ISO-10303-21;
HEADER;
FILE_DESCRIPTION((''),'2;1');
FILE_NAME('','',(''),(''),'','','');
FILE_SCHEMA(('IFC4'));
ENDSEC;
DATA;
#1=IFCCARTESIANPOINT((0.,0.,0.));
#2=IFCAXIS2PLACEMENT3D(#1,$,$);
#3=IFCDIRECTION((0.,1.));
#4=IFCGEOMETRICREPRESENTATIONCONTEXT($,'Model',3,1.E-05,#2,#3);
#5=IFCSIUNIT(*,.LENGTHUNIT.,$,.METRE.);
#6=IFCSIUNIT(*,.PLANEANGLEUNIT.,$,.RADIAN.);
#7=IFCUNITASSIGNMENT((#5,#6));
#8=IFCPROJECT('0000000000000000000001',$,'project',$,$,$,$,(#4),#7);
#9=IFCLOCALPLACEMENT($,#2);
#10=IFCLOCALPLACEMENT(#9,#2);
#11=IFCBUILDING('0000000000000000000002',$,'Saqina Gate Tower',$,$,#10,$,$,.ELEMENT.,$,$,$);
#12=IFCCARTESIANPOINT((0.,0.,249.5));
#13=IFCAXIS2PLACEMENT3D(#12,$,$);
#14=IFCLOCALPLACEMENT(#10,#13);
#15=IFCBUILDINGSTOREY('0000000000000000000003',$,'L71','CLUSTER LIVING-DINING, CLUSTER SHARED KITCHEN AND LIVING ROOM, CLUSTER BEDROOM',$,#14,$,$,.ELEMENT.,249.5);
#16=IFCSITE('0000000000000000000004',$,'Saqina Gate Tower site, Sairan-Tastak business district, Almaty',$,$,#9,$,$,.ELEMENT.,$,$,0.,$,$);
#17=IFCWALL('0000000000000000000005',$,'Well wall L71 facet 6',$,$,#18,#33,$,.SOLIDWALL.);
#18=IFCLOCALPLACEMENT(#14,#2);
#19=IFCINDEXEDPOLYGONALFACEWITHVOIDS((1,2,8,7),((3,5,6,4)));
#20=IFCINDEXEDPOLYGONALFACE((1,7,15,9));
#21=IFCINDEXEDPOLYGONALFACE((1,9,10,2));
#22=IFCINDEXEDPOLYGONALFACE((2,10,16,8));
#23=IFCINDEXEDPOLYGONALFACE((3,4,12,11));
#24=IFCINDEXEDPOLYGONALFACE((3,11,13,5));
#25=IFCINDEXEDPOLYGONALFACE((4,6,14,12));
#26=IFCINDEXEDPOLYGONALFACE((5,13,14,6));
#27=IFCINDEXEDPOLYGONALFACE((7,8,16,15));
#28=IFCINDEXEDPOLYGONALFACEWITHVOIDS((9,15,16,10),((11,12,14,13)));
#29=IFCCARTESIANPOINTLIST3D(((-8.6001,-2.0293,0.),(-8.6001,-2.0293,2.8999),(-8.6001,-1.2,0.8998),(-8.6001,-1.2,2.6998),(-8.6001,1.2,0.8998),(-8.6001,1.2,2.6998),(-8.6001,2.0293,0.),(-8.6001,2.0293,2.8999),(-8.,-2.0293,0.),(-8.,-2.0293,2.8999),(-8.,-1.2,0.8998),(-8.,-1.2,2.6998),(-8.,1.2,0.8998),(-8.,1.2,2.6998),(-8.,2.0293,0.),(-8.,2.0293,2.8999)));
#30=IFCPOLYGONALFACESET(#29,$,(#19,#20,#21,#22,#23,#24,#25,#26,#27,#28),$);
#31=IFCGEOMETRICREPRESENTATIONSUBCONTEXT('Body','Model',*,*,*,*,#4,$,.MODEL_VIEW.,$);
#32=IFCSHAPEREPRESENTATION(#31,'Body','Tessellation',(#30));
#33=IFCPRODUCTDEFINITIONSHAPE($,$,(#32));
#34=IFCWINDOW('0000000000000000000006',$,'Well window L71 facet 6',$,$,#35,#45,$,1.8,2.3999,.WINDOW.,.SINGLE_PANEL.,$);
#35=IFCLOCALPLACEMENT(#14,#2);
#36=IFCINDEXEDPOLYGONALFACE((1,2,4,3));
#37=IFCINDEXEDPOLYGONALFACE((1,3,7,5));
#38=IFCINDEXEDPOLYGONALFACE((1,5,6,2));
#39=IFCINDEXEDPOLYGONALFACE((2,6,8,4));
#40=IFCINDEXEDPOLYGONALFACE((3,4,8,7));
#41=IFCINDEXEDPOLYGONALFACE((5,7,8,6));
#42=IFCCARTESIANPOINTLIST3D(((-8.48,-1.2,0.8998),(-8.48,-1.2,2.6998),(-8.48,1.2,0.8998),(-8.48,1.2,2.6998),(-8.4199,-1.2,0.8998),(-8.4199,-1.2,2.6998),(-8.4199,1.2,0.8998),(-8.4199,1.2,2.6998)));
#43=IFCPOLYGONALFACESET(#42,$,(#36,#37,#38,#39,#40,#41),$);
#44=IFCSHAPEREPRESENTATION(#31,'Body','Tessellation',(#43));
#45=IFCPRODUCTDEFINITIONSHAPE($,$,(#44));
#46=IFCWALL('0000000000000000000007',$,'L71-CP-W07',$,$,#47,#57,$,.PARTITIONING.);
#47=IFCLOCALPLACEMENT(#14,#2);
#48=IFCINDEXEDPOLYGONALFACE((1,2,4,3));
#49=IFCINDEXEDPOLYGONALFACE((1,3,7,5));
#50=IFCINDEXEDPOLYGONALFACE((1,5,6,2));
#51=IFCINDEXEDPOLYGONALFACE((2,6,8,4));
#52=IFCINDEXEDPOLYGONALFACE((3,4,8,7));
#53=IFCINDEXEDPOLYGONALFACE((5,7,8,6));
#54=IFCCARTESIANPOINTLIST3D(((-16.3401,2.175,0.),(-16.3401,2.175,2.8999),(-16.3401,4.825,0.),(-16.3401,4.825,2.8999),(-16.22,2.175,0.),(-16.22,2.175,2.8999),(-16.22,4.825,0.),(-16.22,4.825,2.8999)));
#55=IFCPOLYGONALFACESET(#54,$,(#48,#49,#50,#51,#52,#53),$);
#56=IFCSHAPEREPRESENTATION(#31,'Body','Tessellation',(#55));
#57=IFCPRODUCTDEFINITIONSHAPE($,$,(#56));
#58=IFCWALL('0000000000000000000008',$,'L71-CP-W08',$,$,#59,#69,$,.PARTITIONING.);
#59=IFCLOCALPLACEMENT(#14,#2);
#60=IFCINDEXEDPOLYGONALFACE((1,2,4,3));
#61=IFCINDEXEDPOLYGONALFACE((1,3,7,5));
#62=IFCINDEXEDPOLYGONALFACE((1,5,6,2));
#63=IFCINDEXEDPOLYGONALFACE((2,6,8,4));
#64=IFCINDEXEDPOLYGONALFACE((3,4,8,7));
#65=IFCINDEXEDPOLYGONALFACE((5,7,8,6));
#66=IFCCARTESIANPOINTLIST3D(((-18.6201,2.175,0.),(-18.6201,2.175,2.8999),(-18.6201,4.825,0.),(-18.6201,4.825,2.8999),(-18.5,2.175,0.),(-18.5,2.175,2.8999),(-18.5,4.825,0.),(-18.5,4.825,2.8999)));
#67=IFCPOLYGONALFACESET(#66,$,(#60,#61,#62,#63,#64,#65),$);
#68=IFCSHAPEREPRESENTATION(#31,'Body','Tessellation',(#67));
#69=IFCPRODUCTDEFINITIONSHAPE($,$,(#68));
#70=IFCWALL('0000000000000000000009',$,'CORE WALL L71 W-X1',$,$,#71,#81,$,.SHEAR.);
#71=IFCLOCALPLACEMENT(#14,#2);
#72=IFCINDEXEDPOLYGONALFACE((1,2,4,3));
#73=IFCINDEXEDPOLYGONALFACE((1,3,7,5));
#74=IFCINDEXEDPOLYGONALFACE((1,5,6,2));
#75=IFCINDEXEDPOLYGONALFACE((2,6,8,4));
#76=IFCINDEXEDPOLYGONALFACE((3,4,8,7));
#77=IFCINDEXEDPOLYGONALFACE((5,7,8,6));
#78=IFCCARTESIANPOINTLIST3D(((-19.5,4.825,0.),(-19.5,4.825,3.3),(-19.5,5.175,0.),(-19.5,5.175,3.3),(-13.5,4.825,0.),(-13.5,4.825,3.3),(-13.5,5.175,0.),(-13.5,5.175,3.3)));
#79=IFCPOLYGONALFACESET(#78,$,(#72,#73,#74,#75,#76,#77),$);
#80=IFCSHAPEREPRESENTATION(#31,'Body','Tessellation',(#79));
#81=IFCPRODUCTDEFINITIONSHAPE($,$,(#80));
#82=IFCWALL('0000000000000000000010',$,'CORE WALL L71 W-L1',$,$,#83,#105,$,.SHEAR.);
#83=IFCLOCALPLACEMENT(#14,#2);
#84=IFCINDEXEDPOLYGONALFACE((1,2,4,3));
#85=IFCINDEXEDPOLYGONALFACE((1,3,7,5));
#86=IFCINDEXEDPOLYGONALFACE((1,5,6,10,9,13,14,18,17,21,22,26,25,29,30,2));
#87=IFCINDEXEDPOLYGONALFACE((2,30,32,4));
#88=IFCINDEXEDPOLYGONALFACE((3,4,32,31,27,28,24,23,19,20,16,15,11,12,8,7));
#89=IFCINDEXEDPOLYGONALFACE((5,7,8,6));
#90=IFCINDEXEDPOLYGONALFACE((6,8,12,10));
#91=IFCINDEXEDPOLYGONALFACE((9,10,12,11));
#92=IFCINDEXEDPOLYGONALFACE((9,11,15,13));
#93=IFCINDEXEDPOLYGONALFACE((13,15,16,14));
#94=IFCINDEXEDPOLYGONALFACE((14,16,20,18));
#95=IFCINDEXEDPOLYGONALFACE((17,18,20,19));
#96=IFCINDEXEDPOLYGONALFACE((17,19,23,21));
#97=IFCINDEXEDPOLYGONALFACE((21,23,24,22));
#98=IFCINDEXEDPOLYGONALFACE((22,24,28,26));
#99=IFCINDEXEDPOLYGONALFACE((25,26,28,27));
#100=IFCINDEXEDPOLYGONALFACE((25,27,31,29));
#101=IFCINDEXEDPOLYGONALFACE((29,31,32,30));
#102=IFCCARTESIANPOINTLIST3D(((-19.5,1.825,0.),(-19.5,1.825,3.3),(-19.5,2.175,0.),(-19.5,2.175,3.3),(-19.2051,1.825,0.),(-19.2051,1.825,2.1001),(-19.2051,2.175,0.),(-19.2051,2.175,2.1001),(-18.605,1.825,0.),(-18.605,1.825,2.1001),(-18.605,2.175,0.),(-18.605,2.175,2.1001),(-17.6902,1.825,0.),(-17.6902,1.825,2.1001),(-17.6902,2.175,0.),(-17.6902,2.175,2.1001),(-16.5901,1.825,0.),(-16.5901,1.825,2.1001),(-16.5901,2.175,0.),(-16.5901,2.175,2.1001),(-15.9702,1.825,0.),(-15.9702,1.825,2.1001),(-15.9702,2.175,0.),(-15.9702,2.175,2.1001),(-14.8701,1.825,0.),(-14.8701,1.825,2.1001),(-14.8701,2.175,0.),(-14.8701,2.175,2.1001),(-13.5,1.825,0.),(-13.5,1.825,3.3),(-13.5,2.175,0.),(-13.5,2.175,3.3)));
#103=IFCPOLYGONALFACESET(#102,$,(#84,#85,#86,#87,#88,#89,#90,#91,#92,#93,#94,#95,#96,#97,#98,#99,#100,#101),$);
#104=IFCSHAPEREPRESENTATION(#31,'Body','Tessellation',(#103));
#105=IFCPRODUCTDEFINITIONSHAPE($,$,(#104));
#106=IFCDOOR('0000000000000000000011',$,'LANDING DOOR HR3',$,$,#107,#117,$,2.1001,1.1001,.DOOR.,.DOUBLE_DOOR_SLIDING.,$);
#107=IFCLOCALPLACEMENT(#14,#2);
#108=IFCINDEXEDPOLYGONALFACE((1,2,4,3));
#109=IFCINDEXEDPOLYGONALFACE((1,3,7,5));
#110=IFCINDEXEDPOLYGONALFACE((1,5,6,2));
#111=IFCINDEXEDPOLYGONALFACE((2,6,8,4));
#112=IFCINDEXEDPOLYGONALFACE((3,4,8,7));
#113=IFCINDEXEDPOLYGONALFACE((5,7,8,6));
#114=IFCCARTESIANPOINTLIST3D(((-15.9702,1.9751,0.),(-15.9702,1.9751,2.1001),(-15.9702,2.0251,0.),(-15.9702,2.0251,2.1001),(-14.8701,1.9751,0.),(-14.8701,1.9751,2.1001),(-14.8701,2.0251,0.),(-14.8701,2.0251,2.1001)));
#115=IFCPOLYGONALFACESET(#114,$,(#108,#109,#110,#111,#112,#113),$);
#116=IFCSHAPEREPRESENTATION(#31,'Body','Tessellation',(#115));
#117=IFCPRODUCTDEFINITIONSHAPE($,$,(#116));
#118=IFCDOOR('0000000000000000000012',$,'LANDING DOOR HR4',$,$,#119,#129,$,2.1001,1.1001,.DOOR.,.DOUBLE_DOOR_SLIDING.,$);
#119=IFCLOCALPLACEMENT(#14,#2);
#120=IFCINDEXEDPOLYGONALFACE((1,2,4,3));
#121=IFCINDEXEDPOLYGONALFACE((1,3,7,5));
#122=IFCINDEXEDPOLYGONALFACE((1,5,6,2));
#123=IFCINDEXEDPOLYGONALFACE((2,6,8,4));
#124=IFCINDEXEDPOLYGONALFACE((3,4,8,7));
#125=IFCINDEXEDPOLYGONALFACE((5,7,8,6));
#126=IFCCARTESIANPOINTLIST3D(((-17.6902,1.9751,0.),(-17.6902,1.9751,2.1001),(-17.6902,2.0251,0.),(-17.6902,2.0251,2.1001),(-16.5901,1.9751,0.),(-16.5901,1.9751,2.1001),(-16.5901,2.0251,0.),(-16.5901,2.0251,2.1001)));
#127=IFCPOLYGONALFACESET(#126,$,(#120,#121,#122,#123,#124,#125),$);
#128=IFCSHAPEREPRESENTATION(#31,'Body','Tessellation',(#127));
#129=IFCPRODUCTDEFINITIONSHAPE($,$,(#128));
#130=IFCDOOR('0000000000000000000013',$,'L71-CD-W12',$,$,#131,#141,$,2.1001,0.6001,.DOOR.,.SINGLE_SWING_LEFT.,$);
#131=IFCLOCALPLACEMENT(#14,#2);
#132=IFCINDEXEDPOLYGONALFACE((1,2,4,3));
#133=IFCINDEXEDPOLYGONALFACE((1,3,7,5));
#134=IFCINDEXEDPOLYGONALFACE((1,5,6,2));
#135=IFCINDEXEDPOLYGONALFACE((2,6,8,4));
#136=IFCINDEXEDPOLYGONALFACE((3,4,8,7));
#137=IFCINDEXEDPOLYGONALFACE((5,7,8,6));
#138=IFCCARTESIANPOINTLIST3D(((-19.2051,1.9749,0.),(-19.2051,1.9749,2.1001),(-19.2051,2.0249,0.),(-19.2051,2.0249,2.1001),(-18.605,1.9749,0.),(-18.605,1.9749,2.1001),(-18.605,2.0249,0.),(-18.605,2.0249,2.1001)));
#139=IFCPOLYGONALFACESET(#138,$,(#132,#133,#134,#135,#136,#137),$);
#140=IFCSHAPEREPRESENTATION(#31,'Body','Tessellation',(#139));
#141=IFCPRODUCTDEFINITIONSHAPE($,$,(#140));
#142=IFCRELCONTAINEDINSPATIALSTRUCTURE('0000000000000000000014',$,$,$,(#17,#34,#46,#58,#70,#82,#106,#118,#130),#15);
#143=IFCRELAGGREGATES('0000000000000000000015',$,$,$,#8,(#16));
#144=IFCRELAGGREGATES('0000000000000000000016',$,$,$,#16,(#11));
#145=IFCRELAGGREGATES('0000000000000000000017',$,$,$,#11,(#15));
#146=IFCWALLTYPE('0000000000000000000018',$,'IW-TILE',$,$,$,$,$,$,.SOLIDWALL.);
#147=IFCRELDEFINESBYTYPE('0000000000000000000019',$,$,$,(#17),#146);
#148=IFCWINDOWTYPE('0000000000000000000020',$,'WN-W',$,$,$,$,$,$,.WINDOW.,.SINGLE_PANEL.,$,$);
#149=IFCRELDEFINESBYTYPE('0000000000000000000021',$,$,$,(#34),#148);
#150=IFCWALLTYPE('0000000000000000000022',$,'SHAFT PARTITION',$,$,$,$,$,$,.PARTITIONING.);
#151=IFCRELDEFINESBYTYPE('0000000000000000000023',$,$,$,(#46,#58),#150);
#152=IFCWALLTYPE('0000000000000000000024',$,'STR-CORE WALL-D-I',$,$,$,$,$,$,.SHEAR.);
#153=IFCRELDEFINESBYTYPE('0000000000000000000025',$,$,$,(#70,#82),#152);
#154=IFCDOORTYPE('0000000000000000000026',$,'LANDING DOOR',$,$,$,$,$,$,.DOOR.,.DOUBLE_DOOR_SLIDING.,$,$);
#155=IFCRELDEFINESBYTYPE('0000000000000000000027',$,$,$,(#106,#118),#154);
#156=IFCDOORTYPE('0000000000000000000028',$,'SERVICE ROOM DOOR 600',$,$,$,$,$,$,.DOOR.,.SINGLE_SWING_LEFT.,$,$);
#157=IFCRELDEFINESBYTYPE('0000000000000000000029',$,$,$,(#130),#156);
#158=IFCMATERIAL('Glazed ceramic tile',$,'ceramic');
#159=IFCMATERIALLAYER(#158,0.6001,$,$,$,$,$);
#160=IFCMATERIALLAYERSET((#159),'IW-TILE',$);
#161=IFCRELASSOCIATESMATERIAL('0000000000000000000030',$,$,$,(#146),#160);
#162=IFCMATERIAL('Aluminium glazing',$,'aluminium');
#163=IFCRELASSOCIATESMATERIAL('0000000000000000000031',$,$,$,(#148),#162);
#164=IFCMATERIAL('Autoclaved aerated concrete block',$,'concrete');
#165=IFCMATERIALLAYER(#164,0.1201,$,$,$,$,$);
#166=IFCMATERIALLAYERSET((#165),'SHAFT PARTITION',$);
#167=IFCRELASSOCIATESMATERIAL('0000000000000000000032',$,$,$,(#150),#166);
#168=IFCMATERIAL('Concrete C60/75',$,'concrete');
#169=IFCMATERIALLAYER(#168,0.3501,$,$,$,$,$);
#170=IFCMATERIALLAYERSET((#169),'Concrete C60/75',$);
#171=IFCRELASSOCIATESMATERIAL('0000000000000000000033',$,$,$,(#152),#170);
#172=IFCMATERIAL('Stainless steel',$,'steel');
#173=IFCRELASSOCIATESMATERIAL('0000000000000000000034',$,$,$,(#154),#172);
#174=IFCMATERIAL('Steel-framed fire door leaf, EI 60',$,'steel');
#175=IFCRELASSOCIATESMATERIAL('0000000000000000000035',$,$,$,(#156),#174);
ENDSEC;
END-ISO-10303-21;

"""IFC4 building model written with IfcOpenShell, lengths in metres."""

from ifc_helpers import new_model, si_unit, direction, frame, frame_2d, origin, place, context, subcontext, project, spatial, rectangle, extrude, material, layer, layer_set, type_object, element, fill, save


model = new_model("IFC4")

# Units and contexts
model_context = context("Model", 3, precision=1e-05, world=origin(), true_north=direction((0.0, 1.0)))
body_context = subcontext(model_context, "Body", "Model", "MODEL_VIEW")
ifc_project = project(units=[si_unit("LENGTHUNIT", "METRE"), si_unit("PLANEANGLEUNIT", "RADIAN")], contexts=[model_context])

# Site, building, storey
site_placement = place(None, origin())
site = spatial("IfcSite", under=ifc_project, at=site_placement, Name="Saqina Gate Tower site, Sairan-Tastak business district, Almaty", CompositionType="ELEMENT", RefElevation=0.0)
building_placement = place(site_placement, origin())
building = spatial("IfcBuilding", under=site, at=building_placement, Name="Saqina Gate Tower", CompositionType="ELEMENT")
storey_placement = place(building_placement, frame((0.0, 0.0, 249.5)))
storey = spatial("IfcBuildingStorey", under=building, at=storey_placement, Name="L71", Description="CLUSTER LIVING-DINING, CLUSTER SHARED KITCHEN AND LIVING ROOM, CLUSTER BEDROOM", CompositionType="ELEMENT", Elevation=249.5)

# Wall, opening, window
ifc_material_1 = material(Name="Glazed ceramic tile", Category="ceramic")
ifc_layer_1 = layer(ifc_material_1, 0.6001)
ifc_layer_set_1 = layer_set([ifc_layer_1], Name="IW-TILE")
wall_type_1 = type_object("IfcWallType", Name="IW-TILE", PredefinedType="SOLIDWALL", material=ifc_layer_set_1)
wall_1_placement = place(storey_placement, frame((-8.3, 2.0293, 0.0), z_axis=(0.0, 0.0, 1.0), x_axis=(0.0, -1.0, 0.0)))
wall_1 = element("IfcWall", 1, at=wall_1_placement, inside=storey, type_object=wall_type_1, Name="Well wall L71 facet 6", PredefinedType="SOLIDWALL", context=body_context, shape_type="SweptSolid", body=[
    extrude(rectangle(XDim=4.0586, YDim=0.6001, at=frame_2d((2.0293, 0.0))), origin(), (0.0, 0.0, 1.0), 2.8999),
])
opening_1_placement = place(wall_1_placement, frame((0.8293, 0.0, 0.8999)))
opening_1 = element("IfcOpeningElement", 2, at=opening_1_placement, cuts=wall_1, PredefinedType="OPENING", context=body_context, shape_type="SweptSolid", body=[
    extrude(rectangle(XDim=2.3999, YDim=1.8, at=frame_2d((1.2, 0.8999))), frame((0.0, 0.312, 0.0), z_axis=(0.0, -1.0, 0.0), x_axis=(1.0, 0.0, 0.0)), (0.0, 0.0, 1.0), 0.624),
])
ifc_material_2 = material(Name="Aluminium glazing", Category="aluminium")
window_type = type_object("IfcWindowType", Name="WN-W", PartitioningType="SINGLE_PANEL", PredefinedType="WINDOW", material=ifc_material_2)
window_placement = place(opening_1_placement, origin())
window = element("IfcWindow", 3, at=window_placement, inside=storey, type_object=window_type, Name="Well window L71 facet 6", OverallHeight=1.8, OverallWidth=2.3999, PartitioningType="SINGLE_PANEL", PredefinedType="WINDOW", context=body_context, shape_type="SweptSolid", body=[
    extrude(rectangle(XDim=2.3999, YDim=1.8, at=frame_2d((1.2, 0.8999))), frame((0.0, -0.1199, 0.0), z_axis=(0.0, -1.0, 0.0), x_axis=(1.0, 0.0, 0.0)), (0.0, 0.0, 1.0), 0.0601),
])
fill(opening_1, window)

# Walls
ifc_material_3 = material(Name="Autoclaved aerated concrete block", Category="concrete")
ifc_layer_2 = layer(ifc_material_3, 0.1201)
ifc_layer_set_2 = layer_set([ifc_layer_2], Name="SHAFT PARTITION")
wall_type_2 = type_object("IfcWallType", Name="SHAFT PARTITION", PredefinedType="PARTITIONING", material=ifc_layer_set_2)
for number, where, z_axis, x_axis, name in (
    (4, (-16.28, 2.175, 0.0), (0.0, 0.0, 1.0), (0.0, 1.0, 0.0), "L71-CP-W07"),
    (5, (-18.5601, 2.175, 0.0), (0.0, 0.0, 1.0), (0.0, 1.0, 0.0), "L71-CP-W08"),
):
    element("IfcWall", number, at=place(storey_placement, frame(where, z_axis=z_axis, x_axis=x_axis)), inside=storey, type_object=wall_type_2, Name=name, PredefinedType="PARTITIONING", context=body_context, shape_type="SweptSolid", body=[
        extrude(rectangle(XDim=2.6499, YDim=0.1201, at=frame_2d((1.325, 0.0))), origin(), (0.0, 0.0, 1.0), 2.8999),
    ])
ifc_material_4 = material(Name="Concrete C60/75", Category="concrete")
ifc_layer_3 = layer(ifc_material_4, 0.3501)
ifc_layer_set_3 = layer_set([ifc_layer_3], Name="Concrete C60/75")
wall_type_3 = type_object("IfcWallType", Name="STR-CORE WALL-D-I", PredefinedType="SHEAR", material=ifc_layer_set_3)
wall_2_placement = place(storey_placement, frame((-13.5, 5.0, 0.0), z_axis=(0.0, 0.0, 1.0), x_axis=(-1.0, 0.0, 0.0)))
element("IfcWall", 6, at=wall_2_placement, inside=storey, type_object=wall_type_3, Name="CORE WALL L71 W-X1", PredefinedType="SHEAR", context=body_context, shape_type="SweptSolid", body=[
    extrude(rectangle(XDim=6.0, YDim=0.3501, at=frame_2d((3.0, 0.0))), origin(), (0.0, 0.0, 1.0), 3.3),
])

# Wall, openings, doors
wall_3_placement = place(storey_placement, frame((-13.5, 2.0, 0.0), z_axis=(0.0, 0.0, 1.0), x_axis=(-1.0, 0.0, 0.0)))
wall_3 = element("IfcWall", 7, at=wall_3_placement, inside=storey, type_object=wall_type_3, Name="CORE WALL L71 W-L1", PredefinedType="SHEAR", context=body_context, shape_type="SweptSolid", body=[
    extrude(rectangle(XDim=6.0, YDim=0.3501, at=frame_2d((3.0, 0.0))), origin(), (0.0, 0.0, 1.0), 3.3),
])
opening_2_placement = place(wall_3_placement, frame((1.3701, 0.0, 0.0)))
opening_2 = element("IfcOpeningElement", 8, at=opening_2_placement, cuts=wall_3, PredefinedType="OPENING", context=body_context, shape_type="SweptSolid", body=[
    extrude(rectangle(XDim=1.1001, YDim=2.1001, at=frame_2d((0.55, 1.05))), frame((0.0, 0.187, 0.0), z_axis=(0.0, -1.0, 0.0), x_axis=(1.0, 0.0, 0.0)), (0.0, 0.0, 1.0), 0.374),
])
opening_3_placement = place(wall_3_placement, frame((3.0901, 0.0, 0.0)))
opening_3 = element("IfcOpeningElement", 9, at=opening_3_placement, cuts=wall_3, PredefinedType="OPENING", context=body_context, shape_type="SweptSolid", body=[
    extrude(rectangle(XDim=1.1001, YDim=2.1001, at=frame_2d((0.55, 1.05))), frame((0.0, 0.187, 0.0), z_axis=(0.0, -1.0, 0.0), x_axis=(1.0, 0.0, 0.0)), (0.0, 0.0, 1.0), 0.374),
])
opening_4_placement = place(wall_3_placement, frame((5.105, 0.0, 0.0)))
opening_4 = element("IfcOpeningElement", 10, at=opening_4_placement, cuts=wall_3, PredefinedType="OPENING", context=body_context, shape_type="SweptSolid", body=[
    extrude(rectangle(XDim=0.6001, YDim=2.1001, at=frame_2d((0.3, 1.05))), frame((0.0, 0.187, 0.0), z_axis=(0.0, -1.0, 0.0), x_axis=(1.0, 0.0, 0.0)), (0.0, 0.0, 1.0), 0.374),
])
ifc_material_5 = material(Name="Stainless steel", Category="steel")
door_type_1 = type_object("IfcDoorType", Name="LANDING DOOR", OperationType="DOUBLE_DOOR_SLIDING", PredefinedType="DOOR", material=ifc_material_5)
door_1_placement = place(opening_2_placement, origin())
door_1 = element("IfcDoor", 11, at=door_1_placement, inside=storey, type_object=door_type_1, Name="LANDING DOOR HR3", OperationType="DOUBLE_DOOR_SLIDING", OverallHeight=2.1001, OverallWidth=1.1001, PredefinedType="DOOR", context=body_context, shape_type="SweptSolid", body=[
    extrude(rectangle(XDim=1.1001, YDim=2.1001, at=frame_2d((0.55, 1.05))), frame((0.0, 0.0249, 0.0), z_axis=(0.0, -1.0, 0.0), x_axis=(1.0, 0.0, 0.0)), (0.0, 0.0, 1.0), 0.05),
])
fill(opening_2, door_1)
door_2_placement = place(opening_3_placement, origin())
door_2 = element("IfcDoor", 12, at=door_2_placement, inside=storey, type_object=door_type_1, Name="LANDING DOOR HR4", OperationType="DOUBLE_DOOR_SLIDING", OverallHeight=2.1001, OverallWidth=1.1001, PredefinedType="DOOR", context=body_context, shape_type="SweptSolid", body=[
    extrude(rectangle(XDim=1.1001, YDim=2.1001, at=frame_2d((0.55, 1.05))), frame((0.0, 0.0249, 0.0), z_axis=(0.0, -1.0, 0.0), x_axis=(1.0, 0.0, 0.0)), (0.0, 0.0, 1.0), 0.05),
])
fill(opening_3, door_2)
ifc_material_6 = material(Name="Steel-framed fire door leaf, EI 60", Category="steel")
door_type_2 = type_object("IfcDoorType", Name="SERVICE ROOM DOOR 600", OperationType="SINGLE_SWING_LEFT", PredefinedType="DOOR", material=ifc_material_6)
door_3_placement = place(opening_4_placement, frame((0.6001, 0.0, 0.0), z_axis=(0.0, 0.0, 1.0), x_axis=(-1.0, 0.0, 0.0)))
door_3 = element("IfcDoor", 13, at=door_3_placement, inside=storey, type_object=door_type_2, Name="L71-CD-W12", OperationType="SINGLE_SWING_LEFT", OverallHeight=2.1001, OverallWidth=0.6001, PredefinedType="DOOR", context=body_context, shape_type="SweptSolid", body=[
    extrude(rectangle(XDim=0.6001, YDim=2.1001, at=frame_2d((0.3, 1.05))), frame((0.0, 0.0249, 0.0), z_axis=(0.0, -1.0, 0.0), x_axis=(1.0, 0.0, 0.0)), (0.0, 0.0, 1.0), 0.05),
])
fill(opening_4, door_3)

save(model, "model.ifc")
